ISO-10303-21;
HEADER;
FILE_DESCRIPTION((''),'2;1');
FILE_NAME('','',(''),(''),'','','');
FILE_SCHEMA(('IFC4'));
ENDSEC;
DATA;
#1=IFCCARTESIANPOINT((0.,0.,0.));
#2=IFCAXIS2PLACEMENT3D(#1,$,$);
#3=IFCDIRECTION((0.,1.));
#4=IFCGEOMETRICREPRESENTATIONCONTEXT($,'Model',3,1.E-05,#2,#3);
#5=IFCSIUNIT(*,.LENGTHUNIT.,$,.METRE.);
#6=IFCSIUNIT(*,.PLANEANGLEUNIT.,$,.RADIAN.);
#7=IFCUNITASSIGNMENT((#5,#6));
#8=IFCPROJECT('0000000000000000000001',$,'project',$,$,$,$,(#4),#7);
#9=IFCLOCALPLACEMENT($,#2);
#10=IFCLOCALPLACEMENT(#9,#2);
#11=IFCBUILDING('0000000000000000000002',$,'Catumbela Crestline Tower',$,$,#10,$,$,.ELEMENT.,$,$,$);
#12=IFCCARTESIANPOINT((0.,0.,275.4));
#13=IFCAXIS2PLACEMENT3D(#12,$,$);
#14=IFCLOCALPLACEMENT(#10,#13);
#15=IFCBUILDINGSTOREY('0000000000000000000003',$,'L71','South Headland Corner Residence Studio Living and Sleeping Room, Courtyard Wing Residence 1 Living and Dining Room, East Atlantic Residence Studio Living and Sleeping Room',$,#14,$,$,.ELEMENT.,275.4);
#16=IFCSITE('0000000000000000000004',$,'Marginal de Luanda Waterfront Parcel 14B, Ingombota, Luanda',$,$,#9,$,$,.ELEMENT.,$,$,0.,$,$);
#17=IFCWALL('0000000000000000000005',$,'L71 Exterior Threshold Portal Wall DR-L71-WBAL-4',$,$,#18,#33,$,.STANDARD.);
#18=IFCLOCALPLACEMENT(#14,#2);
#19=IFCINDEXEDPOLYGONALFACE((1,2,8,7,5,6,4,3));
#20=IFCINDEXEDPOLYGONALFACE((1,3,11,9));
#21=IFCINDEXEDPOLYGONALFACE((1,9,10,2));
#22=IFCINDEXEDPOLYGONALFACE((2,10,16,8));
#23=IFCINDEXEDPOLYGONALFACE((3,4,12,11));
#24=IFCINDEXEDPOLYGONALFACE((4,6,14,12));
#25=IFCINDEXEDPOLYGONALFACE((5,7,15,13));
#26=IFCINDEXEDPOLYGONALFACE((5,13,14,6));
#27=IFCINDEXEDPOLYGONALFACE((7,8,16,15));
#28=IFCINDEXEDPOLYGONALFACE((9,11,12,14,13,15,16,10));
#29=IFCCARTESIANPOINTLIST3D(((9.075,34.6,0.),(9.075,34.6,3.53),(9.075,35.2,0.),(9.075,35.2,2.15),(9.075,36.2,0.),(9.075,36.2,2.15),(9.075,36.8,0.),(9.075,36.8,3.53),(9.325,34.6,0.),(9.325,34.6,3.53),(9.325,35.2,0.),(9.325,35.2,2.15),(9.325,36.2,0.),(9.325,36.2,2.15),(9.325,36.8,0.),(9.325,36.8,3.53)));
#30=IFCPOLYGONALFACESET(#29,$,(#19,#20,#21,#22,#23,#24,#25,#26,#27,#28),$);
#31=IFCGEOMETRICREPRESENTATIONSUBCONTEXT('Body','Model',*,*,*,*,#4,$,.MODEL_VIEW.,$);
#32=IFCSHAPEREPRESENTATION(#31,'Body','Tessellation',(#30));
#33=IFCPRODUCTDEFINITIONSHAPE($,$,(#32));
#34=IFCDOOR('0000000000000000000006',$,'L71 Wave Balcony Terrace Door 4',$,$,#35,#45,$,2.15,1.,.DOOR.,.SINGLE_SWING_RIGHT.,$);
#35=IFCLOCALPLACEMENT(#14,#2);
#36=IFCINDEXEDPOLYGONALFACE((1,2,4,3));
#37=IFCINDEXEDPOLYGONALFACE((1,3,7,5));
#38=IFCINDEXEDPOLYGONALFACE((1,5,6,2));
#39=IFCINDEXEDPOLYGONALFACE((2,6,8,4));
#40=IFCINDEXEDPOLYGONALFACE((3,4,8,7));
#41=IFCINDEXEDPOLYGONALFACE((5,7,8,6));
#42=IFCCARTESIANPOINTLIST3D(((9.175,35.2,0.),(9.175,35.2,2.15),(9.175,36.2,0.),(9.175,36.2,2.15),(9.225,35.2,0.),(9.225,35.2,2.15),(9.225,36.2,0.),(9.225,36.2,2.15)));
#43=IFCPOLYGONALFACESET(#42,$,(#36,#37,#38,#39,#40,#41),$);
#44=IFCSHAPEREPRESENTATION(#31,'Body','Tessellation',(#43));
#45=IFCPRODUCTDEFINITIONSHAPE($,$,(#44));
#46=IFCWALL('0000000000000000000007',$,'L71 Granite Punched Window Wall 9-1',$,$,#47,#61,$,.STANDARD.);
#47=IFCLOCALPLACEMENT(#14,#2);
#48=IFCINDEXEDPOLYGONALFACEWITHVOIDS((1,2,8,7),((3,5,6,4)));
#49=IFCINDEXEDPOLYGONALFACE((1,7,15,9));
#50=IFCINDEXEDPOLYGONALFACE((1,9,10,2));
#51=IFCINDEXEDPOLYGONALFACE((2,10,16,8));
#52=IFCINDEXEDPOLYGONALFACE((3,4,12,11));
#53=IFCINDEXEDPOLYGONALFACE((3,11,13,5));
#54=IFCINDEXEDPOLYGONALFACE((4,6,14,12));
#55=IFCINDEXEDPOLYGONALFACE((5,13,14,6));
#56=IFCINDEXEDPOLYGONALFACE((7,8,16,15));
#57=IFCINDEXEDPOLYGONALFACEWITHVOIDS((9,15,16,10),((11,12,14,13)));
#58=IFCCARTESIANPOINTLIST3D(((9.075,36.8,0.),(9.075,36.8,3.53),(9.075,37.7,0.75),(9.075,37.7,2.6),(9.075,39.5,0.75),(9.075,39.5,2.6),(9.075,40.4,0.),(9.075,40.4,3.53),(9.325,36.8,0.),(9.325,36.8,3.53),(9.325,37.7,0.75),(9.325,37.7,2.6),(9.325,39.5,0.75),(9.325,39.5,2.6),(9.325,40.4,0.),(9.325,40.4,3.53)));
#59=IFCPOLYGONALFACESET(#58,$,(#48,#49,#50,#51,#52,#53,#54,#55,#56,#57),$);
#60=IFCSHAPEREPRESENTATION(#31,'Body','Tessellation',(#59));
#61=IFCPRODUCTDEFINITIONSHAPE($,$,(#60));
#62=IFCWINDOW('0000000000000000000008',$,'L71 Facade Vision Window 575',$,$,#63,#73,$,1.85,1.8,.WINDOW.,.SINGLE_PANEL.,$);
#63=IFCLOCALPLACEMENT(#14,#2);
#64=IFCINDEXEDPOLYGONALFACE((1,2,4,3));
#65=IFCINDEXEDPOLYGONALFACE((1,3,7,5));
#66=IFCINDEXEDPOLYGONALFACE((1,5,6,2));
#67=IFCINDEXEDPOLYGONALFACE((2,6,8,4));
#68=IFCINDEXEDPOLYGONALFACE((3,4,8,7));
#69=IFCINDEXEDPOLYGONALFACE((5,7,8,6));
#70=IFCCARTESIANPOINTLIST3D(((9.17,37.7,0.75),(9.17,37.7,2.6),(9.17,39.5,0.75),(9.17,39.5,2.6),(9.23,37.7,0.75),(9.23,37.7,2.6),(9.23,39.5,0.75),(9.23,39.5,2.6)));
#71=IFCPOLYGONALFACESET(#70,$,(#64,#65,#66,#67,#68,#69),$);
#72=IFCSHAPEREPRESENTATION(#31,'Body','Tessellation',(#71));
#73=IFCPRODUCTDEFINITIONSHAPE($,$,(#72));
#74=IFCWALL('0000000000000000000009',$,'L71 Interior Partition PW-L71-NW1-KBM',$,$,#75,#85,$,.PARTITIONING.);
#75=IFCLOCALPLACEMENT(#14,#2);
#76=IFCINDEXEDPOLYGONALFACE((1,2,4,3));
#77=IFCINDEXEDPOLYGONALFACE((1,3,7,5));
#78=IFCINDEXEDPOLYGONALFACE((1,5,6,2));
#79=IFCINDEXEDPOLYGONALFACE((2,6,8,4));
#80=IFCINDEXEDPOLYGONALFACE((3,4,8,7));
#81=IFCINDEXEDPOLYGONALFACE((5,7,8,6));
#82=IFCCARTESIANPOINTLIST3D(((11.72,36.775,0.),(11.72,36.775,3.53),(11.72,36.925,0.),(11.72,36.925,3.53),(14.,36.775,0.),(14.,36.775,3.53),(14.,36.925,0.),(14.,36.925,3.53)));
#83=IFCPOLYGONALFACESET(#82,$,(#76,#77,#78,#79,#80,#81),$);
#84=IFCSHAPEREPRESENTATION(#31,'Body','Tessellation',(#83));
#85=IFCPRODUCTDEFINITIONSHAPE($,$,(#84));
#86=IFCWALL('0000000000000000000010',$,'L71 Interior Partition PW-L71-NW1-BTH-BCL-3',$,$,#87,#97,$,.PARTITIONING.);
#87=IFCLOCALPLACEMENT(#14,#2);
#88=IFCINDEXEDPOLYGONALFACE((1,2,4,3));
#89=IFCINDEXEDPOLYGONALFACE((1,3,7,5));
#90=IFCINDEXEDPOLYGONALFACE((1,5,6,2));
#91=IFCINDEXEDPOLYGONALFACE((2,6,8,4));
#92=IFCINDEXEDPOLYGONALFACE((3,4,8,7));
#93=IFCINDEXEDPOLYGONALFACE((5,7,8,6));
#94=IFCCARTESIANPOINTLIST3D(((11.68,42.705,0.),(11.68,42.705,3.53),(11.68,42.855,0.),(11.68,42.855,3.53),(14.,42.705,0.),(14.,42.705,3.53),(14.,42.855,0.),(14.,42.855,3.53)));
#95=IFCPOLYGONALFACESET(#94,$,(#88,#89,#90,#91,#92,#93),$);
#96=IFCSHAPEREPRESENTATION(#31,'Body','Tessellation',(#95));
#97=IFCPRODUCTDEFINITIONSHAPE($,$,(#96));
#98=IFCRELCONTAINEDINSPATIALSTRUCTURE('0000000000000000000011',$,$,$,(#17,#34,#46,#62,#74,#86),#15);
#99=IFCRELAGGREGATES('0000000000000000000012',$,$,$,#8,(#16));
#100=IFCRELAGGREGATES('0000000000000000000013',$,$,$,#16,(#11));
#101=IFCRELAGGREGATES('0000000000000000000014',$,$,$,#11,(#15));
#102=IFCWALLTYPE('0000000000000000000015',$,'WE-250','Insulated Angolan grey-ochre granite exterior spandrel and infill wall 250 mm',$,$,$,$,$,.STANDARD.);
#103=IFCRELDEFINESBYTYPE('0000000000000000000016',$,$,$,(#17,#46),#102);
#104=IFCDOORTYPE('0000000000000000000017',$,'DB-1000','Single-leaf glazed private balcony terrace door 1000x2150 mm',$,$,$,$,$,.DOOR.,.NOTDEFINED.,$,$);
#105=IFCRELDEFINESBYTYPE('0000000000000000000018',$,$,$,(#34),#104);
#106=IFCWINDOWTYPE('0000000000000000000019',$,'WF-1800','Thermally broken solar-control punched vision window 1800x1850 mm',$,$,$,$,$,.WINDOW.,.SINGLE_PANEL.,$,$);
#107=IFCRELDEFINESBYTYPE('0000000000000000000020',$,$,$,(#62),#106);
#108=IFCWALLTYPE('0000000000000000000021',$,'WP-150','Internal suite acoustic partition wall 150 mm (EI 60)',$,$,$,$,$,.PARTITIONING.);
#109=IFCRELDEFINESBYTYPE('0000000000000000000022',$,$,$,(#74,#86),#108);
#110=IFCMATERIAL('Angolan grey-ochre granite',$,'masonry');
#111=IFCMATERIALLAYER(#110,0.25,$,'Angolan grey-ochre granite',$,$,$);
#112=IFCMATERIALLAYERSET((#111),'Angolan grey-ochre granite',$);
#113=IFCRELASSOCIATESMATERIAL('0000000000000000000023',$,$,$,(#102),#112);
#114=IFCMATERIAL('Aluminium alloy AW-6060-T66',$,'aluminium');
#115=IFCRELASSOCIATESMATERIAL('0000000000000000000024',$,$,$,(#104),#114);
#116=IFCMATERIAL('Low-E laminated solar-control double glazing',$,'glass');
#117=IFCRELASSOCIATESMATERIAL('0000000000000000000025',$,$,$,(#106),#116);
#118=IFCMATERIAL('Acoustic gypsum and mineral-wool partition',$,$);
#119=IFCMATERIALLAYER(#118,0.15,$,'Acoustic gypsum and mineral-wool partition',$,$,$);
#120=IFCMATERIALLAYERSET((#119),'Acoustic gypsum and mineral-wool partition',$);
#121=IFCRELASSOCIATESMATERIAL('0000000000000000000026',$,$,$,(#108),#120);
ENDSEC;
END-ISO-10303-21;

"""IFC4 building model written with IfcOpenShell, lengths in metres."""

from ifc_helpers import new_model, si_unit, direction, frame, frame_2d, origin, place, context, subcontext, project, spatial, rectangle, extrude, material, layer, layer_set, type_object, element, fill, save


model = new_model("IFC4")

# Units and contexts
model_context = context("Model", 3, precision=1e-05, world=origin(), true_north=direction((0.0, 1.0)))
body_context = subcontext(model_context, "Body", "Model", "MODEL_VIEW")
ifc_project = project(units=[si_unit("LENGTHUNIT", "METRE"), si_unit("PLANEANGLEUNIT", "RADIAN")], contexts=[model_context])

# Site, building, storey
site_placement = place(None, origin())
site = spatial("IfcSite", under=ifc_project, at=site_placement, Name="Marginal de Luanda Waterfront Parcel 14B, Ingombota, Luanda", CompositionType="ELEMENT", RefElevation=0.0)
building_placement = place(site_placement, origin())
building = spatial("IfcBuilding", under=site, at=building_placement, Name="Catumbela Crestline Tower", CompositionType="ELEMENT")
storey_placement = place(building_placement, frame((0.0, 0.0, 275.4)))
storey = spatial("IfcBuildingStorey", under=building, at=storey_placement, Name="L71", Description="South Headland Corner Residence Studio Living and Sleeping Room, Courtyard Wing Residence 1 Living and Dining Room, East Atlantic Residence Studio Living and Sleeping Room", CompositionType="ELEMENT", Elevation=275.4)

# Shared definitions
ifc_material_1 = material(Name="Aluminium alloy AW-6060-T66", Category="aluminium")
ifc_material_2 = material(Name="Low-E laminated solar-control double glazing", Category="glass")

# Shared definitions
ifc_material_3 = material(Name="Angolan grey-ochre granite", Category="masonry")
ifc_layer_1 = layer(ifc_material_3, 0.25, Name="Angolan grey-ochre granite")
ifc_layer_set_1 = layer_set([ifc_layer_1], Name="Angolan grey-ochre granite")
wall_type_1 = type_object("IfcWallType", Name="WE-250", Description="Insulated Angolan grey-ochre granite exterior spandrel and infill wall 250 mm", PredefinedType="STANDARD", material=ifc_layer_set_1)

# Wall, opening, door
wall_1_placement = place(storey_placement, frame((9.2, 36.8, 0.0), z_axis=(0.0, 0.0, 1.0), x_axis=(0.0, -1.0, 0.0)))
wall_1 = element("IfcWall", 1, at=wall_1_placement, inside=storey, type_object=wall_type_1, Name="L71 Exterior Threshold Portal Wall DR-L71-WBAL-4", PredefinedType="STANDARD", context=body_context, shape_type="SweptSolid", body=[
    extrude(rectangle(XDim=2.2, YDim=0.25, at=frame_2d((1.1, 0.0))), origin(), (0.0, 0.0, 1.0), 3.53),
])
opening_1_placement = place(wall_1_placement, frame((0.6, 0.0, 0.0)))
opening_1 = element("IfcOpeningElement", 2, at=opening_1_placement, cuts=wall_1, PredefinedType="OPENING", context=body_context, shape_type="SweptSolid", body=[
    extrude(rectangle(XDim=1.0, YDim=2.15, at=frame_2d((0.5, 1.075))), frame((0.0, 0.135, 0.0), z_axis=(0.0, -1.0, 0.0), x_axis=(1.0, 0.0, 0.0)), (0.0, 0.0, 1.0), 0.27),
])
door_type = type_object("IfcDoorType", Name="DB-1000", Description="Single-leaf glazed private balcony terrace door 1000x2150 mm", OperationType="NOTDEFINED", PredefinedType="DOOR", material=ifc_material_1)
door_placement = place(opening_1_placement, origin())
door = element("IfcDoor", 3, at=door_placement, inside=storey, type_object=door_type, Name="L71 Wave Balcony Terrace Door 4", OperationType="SINGLE_SWING_RIGHT", OverallHeight=2.15, OverallWidth=1.0, PredefinedType="DOOR", context=body_context, shape_type="SweptSolid", body=[
    extrude(rectangle(XDim=1.0, YDim=2.15, at=frame_2d((0.5, 1.075))), frame((0.0, 0.025, 0.0), z_axis=(0.0, -1.0, 0.0), x_axis=(1.0, 0.0, 0.0)), (0.0, 0.0, 1.0), 0.05),
])
fill(opening_1, door)

# Wall, opening, window
wall_2_placement = place(storey_placement, frame((9.2, 40.4, 0.0), z_axis=(0.0, 0.0, 1.0), x_axis=(0.0, -1.0, 0.0)))
wall_2 = element("IfcWall", 4, at=wall_2_placement, inside=storey, type_object=wall_type_1, Name="L71 Granite Punched Window Wall 9-1", PredefinedType="STANDARD", context=body_context, shape_type="SweptSolid", body=[
    extrude(rectangle(XDim=3.6, YDim=0.25, at=frame_2d((1.8, 0.0))), origin(), (0.0, 0.0, 1.0), 3.53),
])
opening_2_placement = place(wall_2_placement, frame((0.9, 0.0, 0.75)))
opening_2 = element("IfcOpeningElement", 5, at=opening_2_placement, cuts=wall_2, PredefinedType="OPENING", context=body_context, shape_type="SweptSolid", body=[
    extrude(rectangle(XDim=1.8, YDim=1.85, at=frame_2d((0.9, 0.925))), frame((0.0, 0.135, 0.0), z_axis=(0.0, -1.0, 0.0), x_axis=(1.0, 0.0, 0.0)), (0.0, 0.0, 1.0), 0.27),
])
window_type_1 = type_object("IfcWindowType", Name="WF-1800", Description="Thermally broken solar-control punched vision window 1800x1850 mm", PartitioningType="SINGLE_PANEL", PredefinedType="WINDOW", material=ifc_material_2)
window_1_placement = place(opening_2_placement, origin())
window_1 = element("IfcWindow", 6, at=window_1_placement, inside=storey, type_object=window_type_1, Name="L71 Facade Vision Window 575", OverallHeight=1.85, OverallWidth=1.8, PartitioningType="SINGLE_PANEL", PredefinedType="WINDOW", context=body_context, shape_type="SweptSolid", body=[
    extrude(rectangle(XDim=1.8, YDim=1.85, at=frame_2d((0.9, 0.925))), frame((0.0, 0.03, 0.0), z_axis=(0.0, -1.0, 0.0), x_axis=(1.0, 0.0, 0.0)), (0.0, 0.0, 1.0), 0.06),
])
fill(opening_2, window_1)

# Walls
ifc_material_4 = material(Name="Acoustic gypsum and mineral-wool partition")
ifc_layer_2 = layer(ifc_material_4, 0.15, Name="Acoustic gypsum and mineral-wool partition")
ifc_layer_set_2 = layer_set([ifc_layer_2], Name="Acoustic gypsum and mineral-wool partition")
wall_type_2 = type_object("IfcWallType", Name="WP-150", Description="Internal suite acoustic partition wall 150 mm (EI 60)", PredefinedType="PARTITIONING", material=ifc_layer_set_2)
wall_3_placement = place(storey_placement, frame((11.72, 36.85, 0.0), z_axis=(0.0, 0.0, 1.0), x_axis=(1.0, 0.0, 0.0)))
element("IfcWall", 7, at=wall_3_placement, inside=storey, type_object=wall_type_2, Name="L71 Interior Partition PW-L71-NW1-KBM", PredefinedType="PARTITIONING", context=body_context, shape_type="SweptSolid", body=[
    extrude(rectangle(XDim=2.28, YDim=0.15, at=frame_2d((1.14, 0.0))), origin(), (0.0, 0.0, 1.0), 3.53),
])
wall_4_placement = place(storey_placement, frame((11.68, 42.78, 0.0), z_axis=(0.0, 0.0, 1.0), x_axis=(1.0, 0.0, 0.0)))
element("IfcWall", 8, at=wall_4_placement, inside=storey, type_object=wall_type_2, Name="L71 Interior Partition PW-L71-NW1-BTH-BCL-3", PredefinedType="PARTITIONING", context=body_context, shape_type="SweptSolid", body=[
    extrude(rectangle(XDim=2.32, YDim=0.15, at=frame_2d((1.16, 0.0))), origin(), (0.0, 0.0, 1.0), 3.53),
])

save(model, "model.ifc")
